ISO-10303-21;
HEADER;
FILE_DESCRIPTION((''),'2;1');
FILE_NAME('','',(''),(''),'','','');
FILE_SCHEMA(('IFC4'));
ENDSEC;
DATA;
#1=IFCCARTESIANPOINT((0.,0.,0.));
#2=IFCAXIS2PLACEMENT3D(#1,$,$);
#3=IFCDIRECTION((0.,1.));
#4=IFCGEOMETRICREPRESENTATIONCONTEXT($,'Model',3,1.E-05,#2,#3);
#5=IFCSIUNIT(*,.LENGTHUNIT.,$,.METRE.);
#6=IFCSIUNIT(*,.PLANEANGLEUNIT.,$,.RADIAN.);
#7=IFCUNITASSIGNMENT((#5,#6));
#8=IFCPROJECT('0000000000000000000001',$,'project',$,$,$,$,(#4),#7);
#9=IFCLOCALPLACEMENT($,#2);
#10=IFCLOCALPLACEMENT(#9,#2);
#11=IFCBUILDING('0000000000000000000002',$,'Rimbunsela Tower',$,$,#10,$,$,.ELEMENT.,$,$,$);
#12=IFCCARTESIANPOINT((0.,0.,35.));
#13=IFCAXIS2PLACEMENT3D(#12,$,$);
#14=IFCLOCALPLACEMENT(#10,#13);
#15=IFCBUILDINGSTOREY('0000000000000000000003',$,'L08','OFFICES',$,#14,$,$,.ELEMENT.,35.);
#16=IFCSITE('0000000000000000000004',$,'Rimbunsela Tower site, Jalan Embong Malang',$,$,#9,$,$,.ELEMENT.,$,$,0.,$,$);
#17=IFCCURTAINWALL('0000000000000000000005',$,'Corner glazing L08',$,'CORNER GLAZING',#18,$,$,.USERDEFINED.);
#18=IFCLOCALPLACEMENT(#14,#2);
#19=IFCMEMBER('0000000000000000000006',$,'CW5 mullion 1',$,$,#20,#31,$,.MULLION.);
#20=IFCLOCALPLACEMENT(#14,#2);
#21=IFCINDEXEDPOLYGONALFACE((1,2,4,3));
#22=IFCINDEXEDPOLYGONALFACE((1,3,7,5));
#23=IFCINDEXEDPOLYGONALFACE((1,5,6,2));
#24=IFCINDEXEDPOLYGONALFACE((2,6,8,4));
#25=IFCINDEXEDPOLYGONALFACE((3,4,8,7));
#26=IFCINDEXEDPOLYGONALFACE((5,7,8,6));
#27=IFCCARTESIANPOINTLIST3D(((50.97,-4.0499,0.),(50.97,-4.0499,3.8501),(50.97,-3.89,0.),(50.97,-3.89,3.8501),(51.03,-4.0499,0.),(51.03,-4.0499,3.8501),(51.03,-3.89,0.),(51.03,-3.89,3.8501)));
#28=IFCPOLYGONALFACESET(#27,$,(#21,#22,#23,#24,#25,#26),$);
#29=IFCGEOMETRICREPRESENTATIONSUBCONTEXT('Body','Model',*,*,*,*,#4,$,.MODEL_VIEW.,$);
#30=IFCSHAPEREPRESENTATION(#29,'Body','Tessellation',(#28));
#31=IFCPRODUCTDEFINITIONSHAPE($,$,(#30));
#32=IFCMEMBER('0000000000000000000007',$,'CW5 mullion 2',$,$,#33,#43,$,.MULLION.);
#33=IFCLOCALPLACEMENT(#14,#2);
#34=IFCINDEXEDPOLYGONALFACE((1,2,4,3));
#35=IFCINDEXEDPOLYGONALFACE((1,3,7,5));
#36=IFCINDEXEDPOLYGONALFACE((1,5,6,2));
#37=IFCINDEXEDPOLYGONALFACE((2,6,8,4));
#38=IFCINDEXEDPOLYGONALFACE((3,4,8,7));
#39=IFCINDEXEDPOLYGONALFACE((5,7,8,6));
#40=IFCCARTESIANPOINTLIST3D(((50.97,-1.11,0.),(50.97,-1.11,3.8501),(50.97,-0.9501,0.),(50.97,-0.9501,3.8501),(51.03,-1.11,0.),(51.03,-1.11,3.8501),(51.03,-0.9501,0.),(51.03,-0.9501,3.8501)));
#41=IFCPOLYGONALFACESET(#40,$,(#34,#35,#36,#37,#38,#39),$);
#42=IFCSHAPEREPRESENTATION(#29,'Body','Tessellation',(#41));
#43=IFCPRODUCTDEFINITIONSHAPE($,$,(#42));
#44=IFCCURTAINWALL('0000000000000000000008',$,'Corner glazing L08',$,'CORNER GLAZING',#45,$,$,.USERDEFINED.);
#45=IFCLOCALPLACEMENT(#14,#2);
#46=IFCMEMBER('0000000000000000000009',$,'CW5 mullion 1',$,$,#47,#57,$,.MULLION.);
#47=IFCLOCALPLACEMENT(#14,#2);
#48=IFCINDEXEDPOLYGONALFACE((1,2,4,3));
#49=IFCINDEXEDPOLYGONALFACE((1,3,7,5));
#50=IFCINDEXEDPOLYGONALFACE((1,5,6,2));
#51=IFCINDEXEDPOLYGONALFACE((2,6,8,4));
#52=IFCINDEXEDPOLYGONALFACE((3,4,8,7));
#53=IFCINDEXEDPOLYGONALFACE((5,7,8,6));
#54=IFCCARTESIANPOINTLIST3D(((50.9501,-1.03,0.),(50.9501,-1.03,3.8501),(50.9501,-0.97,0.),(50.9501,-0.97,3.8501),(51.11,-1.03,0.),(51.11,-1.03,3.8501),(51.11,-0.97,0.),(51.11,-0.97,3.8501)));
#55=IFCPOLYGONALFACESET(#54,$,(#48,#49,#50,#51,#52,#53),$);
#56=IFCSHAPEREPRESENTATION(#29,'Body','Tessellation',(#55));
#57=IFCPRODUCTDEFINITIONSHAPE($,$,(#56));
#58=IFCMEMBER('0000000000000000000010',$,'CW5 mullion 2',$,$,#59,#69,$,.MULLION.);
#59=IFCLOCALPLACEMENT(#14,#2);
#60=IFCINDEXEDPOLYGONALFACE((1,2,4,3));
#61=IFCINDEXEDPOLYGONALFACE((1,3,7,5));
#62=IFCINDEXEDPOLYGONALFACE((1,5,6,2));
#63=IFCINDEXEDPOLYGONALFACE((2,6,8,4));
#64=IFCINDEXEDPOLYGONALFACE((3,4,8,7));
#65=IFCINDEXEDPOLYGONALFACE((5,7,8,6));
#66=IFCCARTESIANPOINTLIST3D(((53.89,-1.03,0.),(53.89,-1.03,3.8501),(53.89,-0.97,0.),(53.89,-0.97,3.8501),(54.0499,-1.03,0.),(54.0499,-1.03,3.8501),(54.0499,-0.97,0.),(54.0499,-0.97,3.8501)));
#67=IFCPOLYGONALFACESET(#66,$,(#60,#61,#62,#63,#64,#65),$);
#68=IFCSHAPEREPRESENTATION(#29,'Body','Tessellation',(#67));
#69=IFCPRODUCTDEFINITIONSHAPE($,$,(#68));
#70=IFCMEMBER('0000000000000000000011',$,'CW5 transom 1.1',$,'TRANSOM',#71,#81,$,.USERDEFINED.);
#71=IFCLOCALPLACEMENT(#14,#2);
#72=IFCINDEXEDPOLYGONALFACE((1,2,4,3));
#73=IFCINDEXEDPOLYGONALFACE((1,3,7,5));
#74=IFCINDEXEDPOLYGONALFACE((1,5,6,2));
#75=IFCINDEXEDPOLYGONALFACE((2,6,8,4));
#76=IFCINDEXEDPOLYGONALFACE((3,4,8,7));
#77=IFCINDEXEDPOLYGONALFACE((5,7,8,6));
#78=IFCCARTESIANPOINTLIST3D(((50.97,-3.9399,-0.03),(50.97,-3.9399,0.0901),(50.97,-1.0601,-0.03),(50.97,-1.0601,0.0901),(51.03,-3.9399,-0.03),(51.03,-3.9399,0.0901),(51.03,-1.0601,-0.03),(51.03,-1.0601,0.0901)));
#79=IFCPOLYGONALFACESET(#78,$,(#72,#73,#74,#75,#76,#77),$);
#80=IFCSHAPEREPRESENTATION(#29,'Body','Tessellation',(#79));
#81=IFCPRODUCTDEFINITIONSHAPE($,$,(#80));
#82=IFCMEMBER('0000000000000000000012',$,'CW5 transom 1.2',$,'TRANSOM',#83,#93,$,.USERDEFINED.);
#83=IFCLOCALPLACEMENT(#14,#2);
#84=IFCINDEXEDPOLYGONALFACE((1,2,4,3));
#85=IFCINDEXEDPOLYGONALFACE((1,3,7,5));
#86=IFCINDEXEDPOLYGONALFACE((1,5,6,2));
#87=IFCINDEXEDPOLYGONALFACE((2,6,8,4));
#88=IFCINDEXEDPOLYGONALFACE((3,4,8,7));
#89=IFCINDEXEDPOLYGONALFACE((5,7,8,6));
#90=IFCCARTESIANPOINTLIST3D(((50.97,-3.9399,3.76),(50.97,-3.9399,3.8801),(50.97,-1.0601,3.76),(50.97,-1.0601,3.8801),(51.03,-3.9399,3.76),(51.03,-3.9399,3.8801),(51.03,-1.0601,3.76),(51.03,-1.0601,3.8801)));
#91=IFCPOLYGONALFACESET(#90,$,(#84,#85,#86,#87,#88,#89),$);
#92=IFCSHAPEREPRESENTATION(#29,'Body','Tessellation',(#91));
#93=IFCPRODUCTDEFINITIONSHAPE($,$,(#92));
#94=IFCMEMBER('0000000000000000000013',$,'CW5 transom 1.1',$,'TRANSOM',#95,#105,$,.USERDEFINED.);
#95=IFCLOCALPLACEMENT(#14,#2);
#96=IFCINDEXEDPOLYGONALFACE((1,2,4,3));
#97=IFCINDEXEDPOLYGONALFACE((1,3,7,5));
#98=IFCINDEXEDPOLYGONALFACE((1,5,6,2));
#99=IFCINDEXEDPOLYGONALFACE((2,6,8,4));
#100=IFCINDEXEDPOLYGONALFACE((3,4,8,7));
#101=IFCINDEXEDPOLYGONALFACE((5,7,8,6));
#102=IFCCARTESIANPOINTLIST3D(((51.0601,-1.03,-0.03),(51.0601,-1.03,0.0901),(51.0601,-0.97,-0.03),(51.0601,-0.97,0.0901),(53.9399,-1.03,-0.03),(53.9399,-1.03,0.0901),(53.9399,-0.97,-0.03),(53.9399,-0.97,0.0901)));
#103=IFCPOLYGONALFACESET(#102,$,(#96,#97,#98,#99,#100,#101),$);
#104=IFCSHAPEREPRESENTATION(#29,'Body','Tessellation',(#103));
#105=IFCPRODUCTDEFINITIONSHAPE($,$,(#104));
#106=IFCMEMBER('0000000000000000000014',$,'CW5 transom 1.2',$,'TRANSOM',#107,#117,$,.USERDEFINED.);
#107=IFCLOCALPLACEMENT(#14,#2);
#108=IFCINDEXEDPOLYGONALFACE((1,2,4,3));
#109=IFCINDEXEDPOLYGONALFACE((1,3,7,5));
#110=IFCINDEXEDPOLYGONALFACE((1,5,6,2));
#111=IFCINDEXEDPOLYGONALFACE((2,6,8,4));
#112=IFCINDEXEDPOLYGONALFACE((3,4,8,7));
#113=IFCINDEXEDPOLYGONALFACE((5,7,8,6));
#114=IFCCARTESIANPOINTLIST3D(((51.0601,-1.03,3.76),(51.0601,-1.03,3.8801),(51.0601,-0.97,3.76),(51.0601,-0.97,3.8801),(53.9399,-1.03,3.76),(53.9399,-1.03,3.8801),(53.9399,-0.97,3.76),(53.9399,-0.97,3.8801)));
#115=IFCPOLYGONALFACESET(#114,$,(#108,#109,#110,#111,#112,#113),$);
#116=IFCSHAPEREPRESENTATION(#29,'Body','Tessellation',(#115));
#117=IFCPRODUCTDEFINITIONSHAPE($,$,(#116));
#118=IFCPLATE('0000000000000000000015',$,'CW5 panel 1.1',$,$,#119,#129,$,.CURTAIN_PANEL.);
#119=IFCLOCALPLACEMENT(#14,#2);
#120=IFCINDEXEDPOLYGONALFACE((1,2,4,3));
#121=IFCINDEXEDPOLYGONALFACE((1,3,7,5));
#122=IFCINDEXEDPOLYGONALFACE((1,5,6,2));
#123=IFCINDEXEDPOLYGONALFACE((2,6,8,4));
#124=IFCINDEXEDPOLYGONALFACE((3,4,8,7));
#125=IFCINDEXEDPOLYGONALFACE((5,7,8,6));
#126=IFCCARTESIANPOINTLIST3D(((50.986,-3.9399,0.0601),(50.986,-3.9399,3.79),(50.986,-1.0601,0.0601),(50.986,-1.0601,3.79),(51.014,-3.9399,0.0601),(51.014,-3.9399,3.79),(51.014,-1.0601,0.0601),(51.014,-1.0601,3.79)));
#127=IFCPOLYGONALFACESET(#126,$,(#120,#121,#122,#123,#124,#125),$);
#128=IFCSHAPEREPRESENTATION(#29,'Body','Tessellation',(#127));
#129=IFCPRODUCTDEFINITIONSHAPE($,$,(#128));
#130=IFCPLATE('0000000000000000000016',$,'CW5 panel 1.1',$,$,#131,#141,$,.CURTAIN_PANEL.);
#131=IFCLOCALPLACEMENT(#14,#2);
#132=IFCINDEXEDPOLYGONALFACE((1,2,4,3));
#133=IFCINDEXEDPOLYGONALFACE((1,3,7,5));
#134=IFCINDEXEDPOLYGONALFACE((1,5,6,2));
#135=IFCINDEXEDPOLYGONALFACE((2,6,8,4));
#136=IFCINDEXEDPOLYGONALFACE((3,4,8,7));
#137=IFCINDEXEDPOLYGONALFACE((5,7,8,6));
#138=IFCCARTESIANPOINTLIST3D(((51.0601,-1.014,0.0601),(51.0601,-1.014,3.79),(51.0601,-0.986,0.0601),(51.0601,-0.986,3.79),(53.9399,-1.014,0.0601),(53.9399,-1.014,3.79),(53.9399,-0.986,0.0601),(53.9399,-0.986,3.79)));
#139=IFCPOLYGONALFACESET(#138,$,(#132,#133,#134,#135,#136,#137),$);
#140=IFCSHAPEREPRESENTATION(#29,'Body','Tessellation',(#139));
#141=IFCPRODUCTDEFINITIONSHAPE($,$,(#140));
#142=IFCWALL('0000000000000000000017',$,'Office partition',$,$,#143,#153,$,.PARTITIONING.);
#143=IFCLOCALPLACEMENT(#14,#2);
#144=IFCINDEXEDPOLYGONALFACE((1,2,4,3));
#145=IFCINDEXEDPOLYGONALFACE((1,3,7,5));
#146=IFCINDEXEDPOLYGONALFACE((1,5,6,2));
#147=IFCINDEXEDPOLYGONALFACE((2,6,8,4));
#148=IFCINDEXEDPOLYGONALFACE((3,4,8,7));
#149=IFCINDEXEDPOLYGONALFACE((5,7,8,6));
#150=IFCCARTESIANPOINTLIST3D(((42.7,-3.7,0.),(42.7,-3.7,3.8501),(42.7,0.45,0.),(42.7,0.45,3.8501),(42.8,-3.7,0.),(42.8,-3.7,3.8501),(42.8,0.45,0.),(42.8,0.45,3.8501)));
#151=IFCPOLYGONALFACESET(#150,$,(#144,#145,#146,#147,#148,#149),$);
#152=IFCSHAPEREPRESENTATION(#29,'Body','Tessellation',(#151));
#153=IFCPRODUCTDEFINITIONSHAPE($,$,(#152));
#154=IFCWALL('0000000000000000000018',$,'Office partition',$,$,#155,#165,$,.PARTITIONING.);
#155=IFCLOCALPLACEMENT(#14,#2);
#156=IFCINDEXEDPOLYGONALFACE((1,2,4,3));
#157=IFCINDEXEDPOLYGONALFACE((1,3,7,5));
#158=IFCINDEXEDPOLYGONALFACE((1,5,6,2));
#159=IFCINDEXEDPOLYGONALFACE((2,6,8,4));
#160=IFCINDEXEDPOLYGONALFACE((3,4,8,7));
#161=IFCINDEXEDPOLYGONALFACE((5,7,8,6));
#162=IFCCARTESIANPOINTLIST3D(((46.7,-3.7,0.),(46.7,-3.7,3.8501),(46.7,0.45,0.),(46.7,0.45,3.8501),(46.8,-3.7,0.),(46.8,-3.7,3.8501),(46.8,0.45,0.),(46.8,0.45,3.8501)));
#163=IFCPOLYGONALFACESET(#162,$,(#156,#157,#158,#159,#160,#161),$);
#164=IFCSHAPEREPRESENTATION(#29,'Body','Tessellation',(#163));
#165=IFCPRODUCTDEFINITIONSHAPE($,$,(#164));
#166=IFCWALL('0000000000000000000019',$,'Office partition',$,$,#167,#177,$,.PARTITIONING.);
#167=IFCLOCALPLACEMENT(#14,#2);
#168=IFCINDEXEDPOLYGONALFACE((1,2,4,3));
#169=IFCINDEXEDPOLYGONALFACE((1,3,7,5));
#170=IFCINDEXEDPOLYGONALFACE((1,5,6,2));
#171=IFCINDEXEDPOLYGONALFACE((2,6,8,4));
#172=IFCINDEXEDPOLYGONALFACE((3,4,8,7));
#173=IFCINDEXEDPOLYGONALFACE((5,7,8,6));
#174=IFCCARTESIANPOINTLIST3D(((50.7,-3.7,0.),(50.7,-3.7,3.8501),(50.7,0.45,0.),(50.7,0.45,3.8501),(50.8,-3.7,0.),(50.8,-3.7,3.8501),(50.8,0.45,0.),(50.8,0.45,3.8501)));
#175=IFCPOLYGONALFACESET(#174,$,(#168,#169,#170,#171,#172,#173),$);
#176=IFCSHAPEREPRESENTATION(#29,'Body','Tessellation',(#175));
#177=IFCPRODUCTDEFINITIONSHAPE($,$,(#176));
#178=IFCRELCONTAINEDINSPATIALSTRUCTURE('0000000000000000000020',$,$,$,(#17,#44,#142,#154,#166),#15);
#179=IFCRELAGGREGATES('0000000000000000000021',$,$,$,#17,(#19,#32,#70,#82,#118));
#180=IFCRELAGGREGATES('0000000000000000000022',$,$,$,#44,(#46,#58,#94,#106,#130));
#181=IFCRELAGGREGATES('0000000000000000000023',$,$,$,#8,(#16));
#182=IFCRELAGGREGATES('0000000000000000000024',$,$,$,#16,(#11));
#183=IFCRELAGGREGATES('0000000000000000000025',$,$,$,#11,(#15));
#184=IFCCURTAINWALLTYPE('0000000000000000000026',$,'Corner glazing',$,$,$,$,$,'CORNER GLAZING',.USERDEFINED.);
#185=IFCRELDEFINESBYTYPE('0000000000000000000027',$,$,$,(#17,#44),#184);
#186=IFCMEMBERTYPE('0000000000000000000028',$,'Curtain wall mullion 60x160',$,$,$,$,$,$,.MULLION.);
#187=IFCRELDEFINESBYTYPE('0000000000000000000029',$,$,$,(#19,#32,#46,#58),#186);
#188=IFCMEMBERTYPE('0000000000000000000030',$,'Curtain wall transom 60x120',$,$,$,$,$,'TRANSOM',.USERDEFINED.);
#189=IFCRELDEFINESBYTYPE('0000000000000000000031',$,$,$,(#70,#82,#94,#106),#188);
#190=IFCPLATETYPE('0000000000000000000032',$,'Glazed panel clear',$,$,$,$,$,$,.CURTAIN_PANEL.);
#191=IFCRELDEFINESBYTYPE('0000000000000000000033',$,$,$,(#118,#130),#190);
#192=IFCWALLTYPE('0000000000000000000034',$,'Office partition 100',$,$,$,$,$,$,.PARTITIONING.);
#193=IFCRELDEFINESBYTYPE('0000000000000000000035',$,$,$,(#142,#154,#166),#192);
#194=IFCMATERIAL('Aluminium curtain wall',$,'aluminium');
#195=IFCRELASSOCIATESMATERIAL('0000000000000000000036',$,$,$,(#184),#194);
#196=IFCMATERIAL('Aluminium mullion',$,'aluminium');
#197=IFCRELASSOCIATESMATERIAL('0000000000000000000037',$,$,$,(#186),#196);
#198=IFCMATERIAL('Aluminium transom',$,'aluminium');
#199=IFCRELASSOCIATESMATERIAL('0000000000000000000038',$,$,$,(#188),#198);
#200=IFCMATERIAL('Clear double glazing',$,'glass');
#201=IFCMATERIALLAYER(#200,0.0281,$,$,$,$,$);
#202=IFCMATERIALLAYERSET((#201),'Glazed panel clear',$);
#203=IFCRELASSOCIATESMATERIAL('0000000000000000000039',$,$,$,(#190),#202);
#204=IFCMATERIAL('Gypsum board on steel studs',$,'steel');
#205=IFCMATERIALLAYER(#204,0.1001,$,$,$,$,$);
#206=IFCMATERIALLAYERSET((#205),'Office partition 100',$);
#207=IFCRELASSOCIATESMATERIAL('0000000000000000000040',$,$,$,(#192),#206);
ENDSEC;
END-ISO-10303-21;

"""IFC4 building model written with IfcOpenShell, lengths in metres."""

from ifc_helpers import new_model, si_unit, direction, frame, frame_2d, origin, origin_2d, place, context, subcontext, project, spatial, rectangle, extrude, material, layer, layer_set, material_profile, profile_set, type_object, element, aggregate, save


model = new_model("IFC4")

# Units and contexts
model_context = context("Model", 3, precision=1e-05, world=origin(), true_north=direction((0.0, 1.0)))
body_context = subcontext(model_context, "Body", "Model", "MODEL_VIEW")
ifc_project = project(units=[si_unit("LENGTHUNIT", "METRE"), si_unit("PLANEANGLEUNIT", "RADIAN")], contexts=[model_context])

# Site, building, storey
site_placement = place(None, origin())
site = spatial("IfcSite", under=ifc_project, at=site_placement, Name="Rimbunsela Tower site, Jalan Embong Malang", CompositionType="ELEMENT", RefElevation=0.0)
building_placement = place(site_placement, origin())
building = spatial("IfcBuilding", under=site, at=building_placement, Name="Rimbunsela Tower", CompositionType="ELEMENT")
storey_placement = place(building_placement, frame((0.0, 0.0, 35.0)))
storey = spatial("IfcBuildingStorey", under=building, at=storey_placement, Name="L08", Description="OFFICES", CompositionType="ELEMENT", Elevation=35.0)

# Curtain walls, members
ifc_material_1 = material(Name="Aluminium curtain wall", Category="aluminium")
curtain_wall_type = type_object("IfcCurtainWallType", Name="Corner glazing", ElementType="CORNER GLAZING", PredefinedType="USERDEFINED", material=ifc_material_1)
curtain_wall_1_placement = place(storey_placement, origin())
curtain_wall_1 = element("IfcCurtainWall", 1, at=curtain_wall_1_placement, inside=storey, type_object=curtain_wall_type, Name="Corner glazing L08", ObjectType="CORNER GLAZING", PredefinedType="USERDEFINED")
ifc_material_2 = material(Name="Aluminium mullion", Category="aluminium")
ifc_material_profile_1 = material_profile(ifc_material_2, rectangle(XDim=0.0601, YDim=0.1599, at=origin_2d()), Name="Mullion 60x160")
ifc_profile_set_1 = profile_set([ifc_material_profile_1], Name="Aluminium mullion")
member_type_1 = type_object("IfcMemberType", Name="Curtain wall mullion 60x160", PredefinedType="MULLION", material=ifc_profile_set_1)
member_1_placement = place(storey_placement, frame((51.0, -3.97, 0.0), z_axis=(0.0, 0.0, 1.0), x_axis=(-1.0, 0.0, 0.0)))
member_1 = element("IfcMember", 2, at=member_1_placement, type_object=member_type_1, Name="CW5 mullion 1", PredefinedType="MULLION", context=body_context, shape_type="SweptSolid", body=[
    extrude(rectangle(XDim=0.0601, YDim=0.1599, at=origin_2d()), origin(), (0.0, 0.0, 1.0), 3.8501),
])
member_2_placement = place(storey_placement, frame((51.0, -1.03, 0.0), z_axis=(0.0, 0.0, 1.0), x_axis=(-1.0, 0.0, 0.0)))
member_2 = element("IfcMember", 3, at=member_2_placement, type_object=member_type_1, Name="CW5 mullion 2", PredefinedType="MULLION", context=body_context, shape_type="SweptSolid", body=[
    extrude(rectangle(XDim=0.0601, YDim=0.1599, at=origin_2d()), origin(), (0.0, 0.0, 1.0), 3.8501),
])
curtain_wall_2_placement = place(storey_placement, origin())
curtain_wall_2 = element("IfcCurtainWall", 4, at=curtain_wall_2_placement, inside=storey, type_object=curtain_wall_type, Name="Corner glazing L08", ObjectType="CORNER GLAZING", PredefinedType="USERDEFINED")
member_3_placement = place(storey_placement, frame((51.03, -1.0, 0.0), z_axis=(0.0, 0.0, 1.0), x_axis=(0.0, 1.0, 0.0)))
member_3 = element("IfcMember", 5, at=member_3_placement, type_object=member_type_1, Name="CW5 mullion 1", PredefinedType="MULLION", context=body_context, shape_type="SweptSolid", body=[
    extrude(rectangle(XDim=0.0601, YDim=0.1599, at=origin_2d()), origin(), (0.0, 0.0, 1.0), 3.8501),
])
member_4_placement = place(storey_placement, frame((53.97, -1.0, 0.0), z_axis=(0.0, 0.0, 1.0), x_axis=(0.0, 1.0, 0.0)))
member_4 = element("IfcMember", 6, at=member_4_placement, type_object=member_type_1, Name="CW5 mullion 2", PredefinedType="MULLION", context=body_context, shape_type="SweptSolid", body=[
    extrude(rectangle(XDim=0.0601, YDim=0.1599, at=origin_2d()), origin(), (0.0, 0.0, 1.0), 3.8501),
])

# Members
ifc_material_3 = material(Name="Aluminium transom", Category="aluminium")
ifc_material_profile_2 = material_profile(ifc_material_3, rectangle(XDim=0.0601, YDim=0.1201, at=origin_2d()), Name="Transom 60x120")
ifc_profile_set_2 = profile_set([ifc_material_profile_2], Name="Aluminium transom")
member_type_2 = type_object("IfcMemberType", Name="Curtain wall transom 60x120", ElementType="TRANSOM", PredefinedType="USERDEFINED", material=ifc_profile_set_2)
member_5_placement = place(storey_placement, frame((51.0, -3.9399, 0.03), z_axis=(0.0, 1.0, 0.0), x_axis=(-1.0, 0.0, 0.0)))
member_5 = element("IfcMember", 7, at=member_5_placement, type_object=member_type_2, Name="CW5 transom 1.1", ObjectType="TRANSOM", PredefinedType="USERDEFINED", context=body_context, shape_type="SweptSolid", body=[
    extrude(rectangle(XDim=0.0601, YDim=0.1201, at=origin_2d()), origin(), (0.0, 0.0, 1.0), 2.8799),
])
member_6_placement = place(storey_placement, frame((51.0, -3.9399, 3.8201), z_axis=(0.0, 1.0, 0.0), x_axis=(-1.0, 0.0, 0.0)))
member_6 = element("IfcMember", 8, at=member_6_placement, type_object=member_type_2, Name="CW5 transom 1.2", ObjectType="TRANSOM", PredefinedType="USERDEFINED", context=body_context, shape_type="SweptSolid", body=[
    extrude(rectangle(XDim=0.0601, YDim=0.1201, at=origin_2d()), origin(), (0.0, 0.0, 1.0), 2.8799),
])
member_7_placement = place(storey_placement, frame((51.0601, -1.0, 0.03), z_axis=(1.0, 0.0, 0.0), x_axis=(0.0, 1.0, 0.0)))
member_7 = element("IfcMember", 9, at=member_7_placement, type_object=member_type_2, Name="CW5 transom 1.1", ObjectType="TRANSOM", PredefinedType="USERDEFINED", context=body_context, shape_type="SweptSolid", body=[
    extrude(rectangle(XDim=0.0601, YDim=0.1201, at=origin_2d()), origin(), (0.0, 0.0, 1.0), 2.8799),
])
member_8_placement = place(storey_placement, frame((51.0601, -1.0, 3.8201), z_axis=(1.0, 0.0, 0.0), x_axis=(0.0, 1.0, 0.0)))
member_8 = element("IfcMember", 10, at=member_8_placement, type_object=member_type_2, Name="CW5 transom 1.2", ObjectType="TRANSOM", PredefinedType="USERDEFINED", context=body_context, shape_type="SweptSolid", body=[
    extrude(rectangle(XDim=0.0601, YDim=0.1201, at=origin_2d()), origin(), (0.0, 0.0, 1.0), 2.8799),
])

# Plates
ifc_material_4 = material(Name="Clear double glazing", Category="glass")
ifc_layer_1 = layer(ifc_material_4, 0.0281)
ifc_layer_set_1 = layer_set([ifc_layer_1], Name="Glazed panel clear")
plate_type = type_object("IfcPlateType", Name="Glazed panel clear", PredefinedType="CURTAIN_PANEL", material=ifc_layer_set_1)
plate_1_placement = place(storey_placement, frame((51.0, -2.5, 0.0601), z_axis=(0.0, 0.0, 1.0), x_axis=(0.0, 1.0, 0.0)))
plate_1 = element("IfcPlate", 11, at=plate_1_placement, type_object=plate_type, Name="CW5 panel 1.1", PredefinedType="CURTAIN_PANEL", context=body_context, shape_type="SweptSolid", body=[
    extrude(rectangle(XDim=2.8799, YDim=0.0281, at=origin_2d()), origin(), (0.0, 0.0, 1.0), 3.73),
])
aggregate(curtain_wall_1, [member_1, member_2, member_5, member_6, plate_1])
plate_2_placement = place(storey_placement, frame((52.5, -1.0, 0.0601), z_axis=(0.0, 0.0, 1.0), x_axis=(1.0, 0.0, 0.0)))
plate_2 = element("IfcPlate", 12, at=plate_2_placement, type_object=plate_type, Name="CW5 panel 1.1", PredefinedType="CURTAIN_PANEL", context=body_context, shape_type="SweptSolid", body=[
    extrude(rectangle(XDim=2.8799, YDim=0.0281, at=origin_2d()), origin(), (0.0, 0.0, 1.0), 3.73),
])
aggregate(curtain_wall_2, [member_3, member_4, member_7, member_8, plate_2])

# Walls
ifc_material_5 = material(Name="Gypsum board on steel studs", Category="steel")
ifc_layer_2 = layer(ifc_material_5, 0.1001)
ifc_layer_set_2 = layer_set([ifc_layer_2], Name="Office partition 100")
wall_type_1 = type_object("IfcWallType", Name="Office partition 100", PredefinedType="PARTITIONING", material=ifc_layer_set_2)
for number, where, z_axis, x_axis, name in (
    (13, (42.75, -3.7, 0.0), (0.0, 0.0, 1.0), (0.0, 1.0, 0.0), "Office partition"),
    (14, (46.75, -3.7, 0.0), (0.0, 0.0, 1.0), (0.0, 1.0, 0.0), "Office partition"),
    (15, (50.75, -3.7, 0.0), (0.0, 0.0, 1.0), (0.0, 1.0, 0.0), "Office partition"),
):
    element("IfcWall", number, at=place(storey_placement, frame(where, z_axis=z_axis, x_axis=x_axis)), inside=storey, type_object=wall_type_1, Name=name, PredefinedType="PARTITIONING", context=body_context, shape_type="SweptSolid", body=[
        extrude(rectangle(XDim=4.1499, YDim=0.1001, at=frame_2d((2.075, 0.0))), origin(), (0.0, 0.0, 1.0), 3.8501),
    ])

save(model, "model.ifc")
